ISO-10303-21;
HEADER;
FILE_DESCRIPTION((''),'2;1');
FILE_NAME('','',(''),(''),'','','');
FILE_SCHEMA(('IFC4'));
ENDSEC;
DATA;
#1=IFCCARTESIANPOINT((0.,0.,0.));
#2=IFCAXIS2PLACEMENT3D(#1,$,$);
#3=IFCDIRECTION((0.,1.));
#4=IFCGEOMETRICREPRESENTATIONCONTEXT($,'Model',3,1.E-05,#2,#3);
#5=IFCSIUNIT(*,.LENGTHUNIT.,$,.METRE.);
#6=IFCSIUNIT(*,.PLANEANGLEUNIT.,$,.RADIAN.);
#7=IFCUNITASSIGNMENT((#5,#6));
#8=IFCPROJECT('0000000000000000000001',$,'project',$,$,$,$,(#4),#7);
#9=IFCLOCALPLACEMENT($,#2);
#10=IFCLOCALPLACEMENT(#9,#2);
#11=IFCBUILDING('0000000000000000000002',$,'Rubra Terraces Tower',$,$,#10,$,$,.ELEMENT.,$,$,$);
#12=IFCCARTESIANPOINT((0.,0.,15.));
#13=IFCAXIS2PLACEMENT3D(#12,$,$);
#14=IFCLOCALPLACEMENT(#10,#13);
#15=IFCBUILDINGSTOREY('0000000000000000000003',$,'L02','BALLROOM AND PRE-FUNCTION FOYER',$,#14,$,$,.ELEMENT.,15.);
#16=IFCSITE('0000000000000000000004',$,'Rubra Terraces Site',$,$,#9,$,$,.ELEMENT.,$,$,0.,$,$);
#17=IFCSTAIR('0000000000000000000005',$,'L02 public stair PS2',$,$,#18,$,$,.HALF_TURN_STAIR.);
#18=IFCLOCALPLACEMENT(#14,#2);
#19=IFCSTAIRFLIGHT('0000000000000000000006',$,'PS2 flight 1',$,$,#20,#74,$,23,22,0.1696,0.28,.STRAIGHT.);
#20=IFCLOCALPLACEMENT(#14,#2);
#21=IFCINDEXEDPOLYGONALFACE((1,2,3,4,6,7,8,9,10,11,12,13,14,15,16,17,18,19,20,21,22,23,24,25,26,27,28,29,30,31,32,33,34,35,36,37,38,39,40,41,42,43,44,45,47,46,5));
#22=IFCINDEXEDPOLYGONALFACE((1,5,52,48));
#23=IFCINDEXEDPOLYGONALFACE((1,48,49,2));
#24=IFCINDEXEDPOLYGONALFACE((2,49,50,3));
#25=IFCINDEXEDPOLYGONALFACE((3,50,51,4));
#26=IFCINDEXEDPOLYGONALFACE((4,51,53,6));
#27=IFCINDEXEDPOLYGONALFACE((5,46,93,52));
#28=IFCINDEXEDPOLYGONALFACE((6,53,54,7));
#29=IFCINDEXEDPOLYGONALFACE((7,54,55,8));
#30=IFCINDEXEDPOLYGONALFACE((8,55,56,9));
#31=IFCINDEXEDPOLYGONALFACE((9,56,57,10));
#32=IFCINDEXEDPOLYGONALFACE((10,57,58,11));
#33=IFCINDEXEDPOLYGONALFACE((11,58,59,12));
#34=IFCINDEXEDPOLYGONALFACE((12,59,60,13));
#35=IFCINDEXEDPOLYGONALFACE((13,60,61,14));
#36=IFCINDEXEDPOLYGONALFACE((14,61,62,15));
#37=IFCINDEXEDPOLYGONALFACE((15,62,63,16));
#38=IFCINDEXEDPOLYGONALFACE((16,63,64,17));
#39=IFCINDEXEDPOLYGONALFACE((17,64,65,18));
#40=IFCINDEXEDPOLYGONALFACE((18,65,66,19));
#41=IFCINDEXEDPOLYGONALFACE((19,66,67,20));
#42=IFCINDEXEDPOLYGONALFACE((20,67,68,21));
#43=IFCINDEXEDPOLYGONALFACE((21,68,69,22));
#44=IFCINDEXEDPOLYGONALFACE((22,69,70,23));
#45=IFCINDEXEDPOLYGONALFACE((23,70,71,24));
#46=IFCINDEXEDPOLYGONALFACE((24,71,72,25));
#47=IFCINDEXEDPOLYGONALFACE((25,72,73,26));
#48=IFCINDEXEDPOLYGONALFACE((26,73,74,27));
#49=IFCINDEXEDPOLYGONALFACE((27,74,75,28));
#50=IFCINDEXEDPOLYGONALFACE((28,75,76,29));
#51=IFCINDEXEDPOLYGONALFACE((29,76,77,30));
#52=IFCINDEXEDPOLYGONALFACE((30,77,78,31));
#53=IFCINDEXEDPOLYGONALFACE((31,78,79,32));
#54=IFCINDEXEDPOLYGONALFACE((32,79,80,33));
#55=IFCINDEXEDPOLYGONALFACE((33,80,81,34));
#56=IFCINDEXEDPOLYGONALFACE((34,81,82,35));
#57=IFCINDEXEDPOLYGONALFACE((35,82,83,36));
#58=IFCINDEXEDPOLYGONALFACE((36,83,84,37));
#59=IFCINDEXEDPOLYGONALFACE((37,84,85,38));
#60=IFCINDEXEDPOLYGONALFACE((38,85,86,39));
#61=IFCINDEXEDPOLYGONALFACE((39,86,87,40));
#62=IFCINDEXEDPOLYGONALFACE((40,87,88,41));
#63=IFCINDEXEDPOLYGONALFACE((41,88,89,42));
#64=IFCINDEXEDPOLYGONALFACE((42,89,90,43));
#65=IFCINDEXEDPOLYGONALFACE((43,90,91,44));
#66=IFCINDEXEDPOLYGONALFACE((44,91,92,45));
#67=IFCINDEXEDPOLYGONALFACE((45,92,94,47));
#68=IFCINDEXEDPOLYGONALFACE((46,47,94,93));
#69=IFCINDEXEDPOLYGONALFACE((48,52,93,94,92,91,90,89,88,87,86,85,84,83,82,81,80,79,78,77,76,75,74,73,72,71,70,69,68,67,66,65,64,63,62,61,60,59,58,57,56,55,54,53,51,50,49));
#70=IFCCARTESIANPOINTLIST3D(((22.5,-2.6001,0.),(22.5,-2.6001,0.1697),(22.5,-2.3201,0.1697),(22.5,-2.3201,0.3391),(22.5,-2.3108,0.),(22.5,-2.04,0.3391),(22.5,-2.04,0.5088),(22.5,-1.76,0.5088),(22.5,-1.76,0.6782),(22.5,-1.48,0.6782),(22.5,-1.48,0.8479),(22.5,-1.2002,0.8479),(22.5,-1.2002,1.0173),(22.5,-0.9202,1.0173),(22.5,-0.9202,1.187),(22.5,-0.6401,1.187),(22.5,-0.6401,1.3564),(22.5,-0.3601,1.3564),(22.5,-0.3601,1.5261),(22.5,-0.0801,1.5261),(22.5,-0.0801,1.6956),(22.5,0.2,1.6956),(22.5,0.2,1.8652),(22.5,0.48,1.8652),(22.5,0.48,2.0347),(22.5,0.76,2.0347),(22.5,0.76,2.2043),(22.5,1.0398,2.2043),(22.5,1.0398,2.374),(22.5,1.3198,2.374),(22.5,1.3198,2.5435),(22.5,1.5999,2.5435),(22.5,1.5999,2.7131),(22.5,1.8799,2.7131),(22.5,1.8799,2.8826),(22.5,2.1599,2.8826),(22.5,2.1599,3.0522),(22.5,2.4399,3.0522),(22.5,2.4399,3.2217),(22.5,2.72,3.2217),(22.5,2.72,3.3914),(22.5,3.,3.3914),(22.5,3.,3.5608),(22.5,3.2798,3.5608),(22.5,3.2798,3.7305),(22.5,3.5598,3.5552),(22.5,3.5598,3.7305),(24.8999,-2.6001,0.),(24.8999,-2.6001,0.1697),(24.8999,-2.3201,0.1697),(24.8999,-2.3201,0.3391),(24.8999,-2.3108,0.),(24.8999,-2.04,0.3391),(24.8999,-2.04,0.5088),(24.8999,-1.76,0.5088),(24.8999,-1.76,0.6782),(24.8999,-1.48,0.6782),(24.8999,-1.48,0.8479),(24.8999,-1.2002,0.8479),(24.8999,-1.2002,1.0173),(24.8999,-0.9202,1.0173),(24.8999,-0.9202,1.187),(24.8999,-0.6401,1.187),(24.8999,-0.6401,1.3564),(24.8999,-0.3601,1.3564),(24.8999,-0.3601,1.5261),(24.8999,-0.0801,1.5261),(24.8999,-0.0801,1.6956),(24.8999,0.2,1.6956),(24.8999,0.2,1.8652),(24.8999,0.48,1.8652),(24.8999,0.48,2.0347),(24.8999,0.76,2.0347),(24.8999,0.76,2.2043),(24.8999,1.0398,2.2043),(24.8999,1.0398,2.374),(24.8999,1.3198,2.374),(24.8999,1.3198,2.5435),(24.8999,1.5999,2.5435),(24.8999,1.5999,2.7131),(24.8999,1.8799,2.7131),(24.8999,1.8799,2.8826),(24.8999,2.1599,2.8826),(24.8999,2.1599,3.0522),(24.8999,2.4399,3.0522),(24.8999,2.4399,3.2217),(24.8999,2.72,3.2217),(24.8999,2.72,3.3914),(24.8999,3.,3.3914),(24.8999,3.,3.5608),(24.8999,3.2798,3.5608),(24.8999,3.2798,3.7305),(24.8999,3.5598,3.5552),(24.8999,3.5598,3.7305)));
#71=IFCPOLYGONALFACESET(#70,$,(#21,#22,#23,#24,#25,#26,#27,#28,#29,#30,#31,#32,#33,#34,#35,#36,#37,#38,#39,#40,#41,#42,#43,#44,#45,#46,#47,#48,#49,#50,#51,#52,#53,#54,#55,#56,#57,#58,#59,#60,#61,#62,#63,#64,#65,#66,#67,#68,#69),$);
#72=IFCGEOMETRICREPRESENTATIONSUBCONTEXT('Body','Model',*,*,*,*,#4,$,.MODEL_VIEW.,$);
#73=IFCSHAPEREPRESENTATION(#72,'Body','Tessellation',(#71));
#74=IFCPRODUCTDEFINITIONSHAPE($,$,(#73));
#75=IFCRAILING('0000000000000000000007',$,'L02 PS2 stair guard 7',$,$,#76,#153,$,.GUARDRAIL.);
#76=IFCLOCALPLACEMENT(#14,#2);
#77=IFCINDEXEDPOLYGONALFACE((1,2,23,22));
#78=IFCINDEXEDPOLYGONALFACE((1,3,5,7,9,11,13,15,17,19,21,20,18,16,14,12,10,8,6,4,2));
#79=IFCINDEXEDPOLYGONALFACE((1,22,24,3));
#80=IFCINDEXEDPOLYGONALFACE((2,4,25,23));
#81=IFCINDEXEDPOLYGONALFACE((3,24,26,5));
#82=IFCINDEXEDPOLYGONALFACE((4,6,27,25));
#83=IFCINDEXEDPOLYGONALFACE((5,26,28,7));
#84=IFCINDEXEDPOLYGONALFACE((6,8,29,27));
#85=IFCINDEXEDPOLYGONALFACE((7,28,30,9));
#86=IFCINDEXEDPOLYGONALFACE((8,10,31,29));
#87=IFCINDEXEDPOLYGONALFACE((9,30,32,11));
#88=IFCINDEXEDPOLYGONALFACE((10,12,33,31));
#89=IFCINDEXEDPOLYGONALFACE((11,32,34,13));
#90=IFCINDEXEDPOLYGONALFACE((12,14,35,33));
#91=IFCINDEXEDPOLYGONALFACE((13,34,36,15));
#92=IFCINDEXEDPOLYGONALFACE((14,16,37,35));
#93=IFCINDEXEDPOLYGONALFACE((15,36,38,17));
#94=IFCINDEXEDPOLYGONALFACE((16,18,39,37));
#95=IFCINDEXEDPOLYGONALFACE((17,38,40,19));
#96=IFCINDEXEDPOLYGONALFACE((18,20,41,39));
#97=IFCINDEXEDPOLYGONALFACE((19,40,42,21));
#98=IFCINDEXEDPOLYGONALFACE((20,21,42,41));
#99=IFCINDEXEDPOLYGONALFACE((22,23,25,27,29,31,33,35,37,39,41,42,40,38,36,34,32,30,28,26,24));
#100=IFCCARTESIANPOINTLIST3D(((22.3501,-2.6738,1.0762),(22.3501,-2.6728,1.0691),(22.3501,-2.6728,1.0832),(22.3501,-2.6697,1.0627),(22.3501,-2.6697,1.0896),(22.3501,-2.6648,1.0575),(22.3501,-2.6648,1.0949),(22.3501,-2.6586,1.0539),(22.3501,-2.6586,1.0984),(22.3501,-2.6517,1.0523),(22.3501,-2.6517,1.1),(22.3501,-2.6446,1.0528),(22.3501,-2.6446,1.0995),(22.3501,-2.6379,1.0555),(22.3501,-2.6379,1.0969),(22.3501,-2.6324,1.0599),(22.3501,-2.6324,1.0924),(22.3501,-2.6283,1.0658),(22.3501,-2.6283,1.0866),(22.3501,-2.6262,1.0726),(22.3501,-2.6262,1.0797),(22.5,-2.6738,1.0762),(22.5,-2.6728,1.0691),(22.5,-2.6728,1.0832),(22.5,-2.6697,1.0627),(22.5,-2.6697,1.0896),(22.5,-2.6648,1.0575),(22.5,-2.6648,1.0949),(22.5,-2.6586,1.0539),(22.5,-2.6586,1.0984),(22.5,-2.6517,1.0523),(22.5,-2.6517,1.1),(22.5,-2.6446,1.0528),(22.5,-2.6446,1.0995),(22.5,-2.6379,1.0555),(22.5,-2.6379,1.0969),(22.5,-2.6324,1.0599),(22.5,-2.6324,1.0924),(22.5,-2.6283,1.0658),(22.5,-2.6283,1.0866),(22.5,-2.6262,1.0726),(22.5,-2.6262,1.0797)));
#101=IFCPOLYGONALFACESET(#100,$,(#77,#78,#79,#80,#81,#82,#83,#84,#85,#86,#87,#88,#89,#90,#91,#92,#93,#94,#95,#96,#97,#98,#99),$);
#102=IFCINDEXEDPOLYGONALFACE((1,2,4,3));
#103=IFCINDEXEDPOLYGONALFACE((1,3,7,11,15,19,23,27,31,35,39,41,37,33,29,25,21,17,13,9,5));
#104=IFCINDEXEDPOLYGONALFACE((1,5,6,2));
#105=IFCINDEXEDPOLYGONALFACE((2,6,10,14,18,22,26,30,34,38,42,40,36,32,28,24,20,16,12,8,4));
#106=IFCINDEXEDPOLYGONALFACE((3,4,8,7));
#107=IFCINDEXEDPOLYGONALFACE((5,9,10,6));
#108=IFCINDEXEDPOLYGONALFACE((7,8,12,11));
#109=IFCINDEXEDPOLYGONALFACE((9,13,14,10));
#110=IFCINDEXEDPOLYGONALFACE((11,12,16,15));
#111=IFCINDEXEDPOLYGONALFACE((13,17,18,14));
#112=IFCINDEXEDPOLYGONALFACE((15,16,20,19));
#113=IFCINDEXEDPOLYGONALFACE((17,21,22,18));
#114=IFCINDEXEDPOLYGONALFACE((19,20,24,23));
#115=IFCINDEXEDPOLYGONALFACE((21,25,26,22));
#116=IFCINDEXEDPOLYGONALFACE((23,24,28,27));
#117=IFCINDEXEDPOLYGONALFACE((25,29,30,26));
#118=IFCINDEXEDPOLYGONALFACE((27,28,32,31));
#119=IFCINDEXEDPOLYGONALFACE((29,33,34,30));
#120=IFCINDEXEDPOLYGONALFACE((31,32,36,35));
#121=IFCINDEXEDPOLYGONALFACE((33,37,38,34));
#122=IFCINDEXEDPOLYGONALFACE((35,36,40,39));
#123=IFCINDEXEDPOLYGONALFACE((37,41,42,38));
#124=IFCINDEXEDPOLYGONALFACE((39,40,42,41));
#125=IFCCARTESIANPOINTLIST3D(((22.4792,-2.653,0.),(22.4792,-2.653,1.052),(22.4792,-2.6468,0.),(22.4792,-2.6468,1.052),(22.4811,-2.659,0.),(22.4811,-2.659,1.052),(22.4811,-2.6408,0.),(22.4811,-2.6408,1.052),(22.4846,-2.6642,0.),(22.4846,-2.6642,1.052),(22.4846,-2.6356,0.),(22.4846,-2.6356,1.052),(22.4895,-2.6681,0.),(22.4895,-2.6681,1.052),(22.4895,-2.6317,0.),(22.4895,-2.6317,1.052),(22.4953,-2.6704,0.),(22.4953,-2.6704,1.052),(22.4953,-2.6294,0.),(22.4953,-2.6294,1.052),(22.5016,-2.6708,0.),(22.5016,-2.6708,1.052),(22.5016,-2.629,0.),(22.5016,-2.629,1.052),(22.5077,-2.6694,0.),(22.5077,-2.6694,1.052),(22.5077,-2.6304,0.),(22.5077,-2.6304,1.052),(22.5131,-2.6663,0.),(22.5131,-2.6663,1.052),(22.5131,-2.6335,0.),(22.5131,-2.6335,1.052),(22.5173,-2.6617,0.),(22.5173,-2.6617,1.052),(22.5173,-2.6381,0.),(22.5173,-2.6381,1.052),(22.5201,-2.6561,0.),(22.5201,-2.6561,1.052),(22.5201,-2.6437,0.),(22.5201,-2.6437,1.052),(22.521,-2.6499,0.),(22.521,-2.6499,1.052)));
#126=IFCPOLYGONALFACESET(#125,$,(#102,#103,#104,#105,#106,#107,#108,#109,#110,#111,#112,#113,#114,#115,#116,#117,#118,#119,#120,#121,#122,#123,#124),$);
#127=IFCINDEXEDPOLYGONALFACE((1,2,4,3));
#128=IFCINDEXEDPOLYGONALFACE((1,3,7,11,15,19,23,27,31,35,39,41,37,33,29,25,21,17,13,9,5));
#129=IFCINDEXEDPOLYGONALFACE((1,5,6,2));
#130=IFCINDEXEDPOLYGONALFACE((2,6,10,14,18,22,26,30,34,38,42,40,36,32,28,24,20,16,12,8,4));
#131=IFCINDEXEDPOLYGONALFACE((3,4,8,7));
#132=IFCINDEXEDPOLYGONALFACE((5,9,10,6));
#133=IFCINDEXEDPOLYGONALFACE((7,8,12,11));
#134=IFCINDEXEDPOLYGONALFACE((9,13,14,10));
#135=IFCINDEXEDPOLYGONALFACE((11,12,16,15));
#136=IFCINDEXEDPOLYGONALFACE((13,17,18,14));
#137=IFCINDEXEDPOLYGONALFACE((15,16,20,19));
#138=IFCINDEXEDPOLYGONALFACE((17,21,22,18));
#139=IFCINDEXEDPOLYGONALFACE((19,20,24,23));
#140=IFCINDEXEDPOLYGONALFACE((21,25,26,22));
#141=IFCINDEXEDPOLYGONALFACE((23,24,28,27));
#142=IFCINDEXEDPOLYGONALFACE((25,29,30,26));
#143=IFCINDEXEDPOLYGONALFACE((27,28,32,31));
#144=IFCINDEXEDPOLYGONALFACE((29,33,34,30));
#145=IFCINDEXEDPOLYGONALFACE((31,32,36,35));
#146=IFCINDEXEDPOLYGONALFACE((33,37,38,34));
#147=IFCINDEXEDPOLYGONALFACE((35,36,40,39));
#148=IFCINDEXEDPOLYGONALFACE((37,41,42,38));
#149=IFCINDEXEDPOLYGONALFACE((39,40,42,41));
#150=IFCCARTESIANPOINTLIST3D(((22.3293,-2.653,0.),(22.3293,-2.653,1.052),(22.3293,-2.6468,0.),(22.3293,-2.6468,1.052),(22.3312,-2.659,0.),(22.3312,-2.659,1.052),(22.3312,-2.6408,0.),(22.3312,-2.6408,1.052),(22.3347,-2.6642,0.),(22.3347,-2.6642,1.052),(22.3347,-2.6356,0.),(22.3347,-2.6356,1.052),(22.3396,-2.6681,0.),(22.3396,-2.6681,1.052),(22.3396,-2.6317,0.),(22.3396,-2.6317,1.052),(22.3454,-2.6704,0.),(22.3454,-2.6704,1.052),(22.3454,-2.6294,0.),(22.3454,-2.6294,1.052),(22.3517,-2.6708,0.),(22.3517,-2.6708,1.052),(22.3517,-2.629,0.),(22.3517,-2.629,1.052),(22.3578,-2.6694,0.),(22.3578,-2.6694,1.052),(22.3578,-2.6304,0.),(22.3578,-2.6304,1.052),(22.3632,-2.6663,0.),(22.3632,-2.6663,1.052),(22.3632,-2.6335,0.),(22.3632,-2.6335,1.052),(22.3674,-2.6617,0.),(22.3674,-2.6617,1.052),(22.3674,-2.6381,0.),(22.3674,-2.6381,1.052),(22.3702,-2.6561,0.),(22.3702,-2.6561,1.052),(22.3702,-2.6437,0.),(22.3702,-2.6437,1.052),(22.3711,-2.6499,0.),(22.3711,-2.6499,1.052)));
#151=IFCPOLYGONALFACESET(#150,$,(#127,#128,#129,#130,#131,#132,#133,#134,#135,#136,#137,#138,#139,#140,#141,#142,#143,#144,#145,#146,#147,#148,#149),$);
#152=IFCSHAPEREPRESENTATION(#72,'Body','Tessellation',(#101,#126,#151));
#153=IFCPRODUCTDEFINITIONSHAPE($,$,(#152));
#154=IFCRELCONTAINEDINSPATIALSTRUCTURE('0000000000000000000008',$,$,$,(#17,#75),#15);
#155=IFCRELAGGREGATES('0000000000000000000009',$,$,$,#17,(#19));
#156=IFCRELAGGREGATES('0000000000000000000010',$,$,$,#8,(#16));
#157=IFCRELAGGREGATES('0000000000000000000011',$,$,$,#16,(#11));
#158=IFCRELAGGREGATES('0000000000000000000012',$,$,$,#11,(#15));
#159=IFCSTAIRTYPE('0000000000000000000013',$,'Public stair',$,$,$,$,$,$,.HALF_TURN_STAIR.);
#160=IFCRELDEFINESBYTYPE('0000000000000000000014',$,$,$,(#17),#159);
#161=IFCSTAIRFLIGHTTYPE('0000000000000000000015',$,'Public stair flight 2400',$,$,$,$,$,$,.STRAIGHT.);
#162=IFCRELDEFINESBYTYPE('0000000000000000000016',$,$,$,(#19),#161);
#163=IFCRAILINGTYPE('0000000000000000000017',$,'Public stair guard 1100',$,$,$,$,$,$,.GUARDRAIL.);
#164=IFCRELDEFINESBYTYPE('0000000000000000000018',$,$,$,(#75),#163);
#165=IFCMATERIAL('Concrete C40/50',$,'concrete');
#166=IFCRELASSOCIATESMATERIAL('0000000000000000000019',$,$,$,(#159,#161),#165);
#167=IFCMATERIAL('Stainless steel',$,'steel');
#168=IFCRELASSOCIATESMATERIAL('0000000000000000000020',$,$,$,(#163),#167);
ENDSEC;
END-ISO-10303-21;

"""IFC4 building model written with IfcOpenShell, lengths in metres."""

from ifc_helpers import new_model, si_unit, direction, frame, origin, origin_2d, place, context, subcontext, project, spatial, polyline, circle, outline, extrude, material, type_object, element, aggregate, save


model = new_model("IFC4")

# Units and contexts
model_context = context("Model", 3, precision=1e-05, world=origin(), true_north=direction((0.0, 1.0)))
body_context = subcontext(model_context, "Body", "Model", "MODEL_VIEW")
ifc_project = project(units=[si_unit("LENGTHUNIT", "METRE"), si_unit("PLANEANGLEUNIT", "RADIAN")], contexts=[model_context])

# Site, building, storey
site_placement = place(None, origin())
site = spatial("IfcSite", under=ifc_project, at=site_placement, Name="Rubra Terraces Site", CompositionType="ELEMENT", RefElevation=0.0)
building_placement = place(site_placement, origin())
building = spatial("IfcBuilding", under=site, at=building_placement, Name="Rubra Terraces Tower", CompositionType="ELEMENT")
storey_placement = place(building_placement, frame((0.0, 0.0, 15.0)))
storey = spatial("IfcBuildingStorey", under=building, at=storey_placement, Name="L02", Description="BALLROOM AND PRE-FUNCTION FOYER", CompositionType="ELEMENT", Elevation=15.0)

# Stair, stair flight
ifc_material_1 = material(Name="Concrete C40/50", Category="concrete")
stair_type = type_object("IfcStairType", Name="Public stair", PredefinedType="HALF_TURN_STAIR", material=ifc_material_1)
stair_placement = place(storey_placement, origin())
stair = element("IfcStair", 1, at=stair_placement, inside=storey, type_object=stair_type, Name="L02 public stair PS2", PredefinedType="HALF_TURN_STAIR")
stair_flight_type = type_object("IfcStairFlightType", Name="Public stair flight 2400", PredefinedType="STRAIGHT", material=ifc_material_1)
stair_flight_placement = place(storey_placement, frame((23.7, -2.6001, 0.0), z_axis=(0.0, 0.0, 1.0), x_axis=(0.0, 1.0, 0.0)))
stair_flight = element("IfcStairFlight", 2, at=stair_flight_placement, type_object=stair_flight_type, Name="PS2 flight 1", NumberOfRisers=23, NumberOfTreads=22, PredefinedType="STRAIGHT", RiserHeight=0.1696, TreadLength=0.28, context=body_context, shape_type="SweptSolid", body=[
    extrude(outline(polyline([(0.0, 0.0), (0.0, 0.1697), (0.28, 0.1697), (0.28, 0.3391), (0.5601, 0.3391), (0.5601, 0.5088), (0.8401, 0.5088), (0.8401, 0.6782), (1.1201, 0.6782), (1.1201, 0.8479), (1.3999, 0.8479), (1.3999, 1.0173), (1.6799, 1.0173), (1.6799, 1.187), (1.96, 1.187), (1.96, 1.3564), (2.24, 1.3564), (2.24, 1.5261), (2.52, 1.5261), (2.52, 1.6956), (2.8, 1.6956), (2.8, 1.8652), (3.0801, 1.8652), (3.0801, 2.0347), (3.3601, 2.0347), (3.3601, 2.2043), (3.6399, 2.2043), (3.6399, 2.374), (3.9199, 2.374), (3.9199, 2.5435), (4.2, 2.5435), (4.2, 2.7131), (4.48, 2.7131), (4.48, 2.8826), (4.76, 2.8826), (4.76, 3.0522), (5.04, 3.0522), (5.04, 3.2217), (5.3201, 3.2217), (5.3201, 3.3914), (5.6001, 3.3914), (5.6001, 3.5608), (5.8799, 3.5608), (5.8799, 3.7305), (6.1599, 3.7305), (6.1599, 3.8999), (6.1599, 3.5552), (0.2893, 0.0), (0.0, 0.0)])), frame((0.0, 1.2, 0.0), z_axis=(0.0, -1.0, 0.0), x_axis=(1.0, 0.0, 0.0)), (0.0, 0.0, 1.0), 2.3999),
])
aggregate(stair, [stair_flight])

# Railing
ifc_material_2 = material(Name="Stainless steel", Category="steel")
railing_type = type_object("IfcRailingType", Name="Public stair guard 1100", PredefinedType="GUARDRAIL", material=ifc_material_2)
railing_1_placement = place(storey_placement, frame((22.5, -2.6499, 0.0)))
element("IfcRailing", 3, at=railing_1_placement, inside=storey, type_object=railing_type, Name="L02 PS2 stair guard 7", PredefinedType="GUARDRAIL", context=body_context, shape_type="SweptSolid", body=[
    extrude(circle(Radius=0.0239, at=origin_2d()), frame((0.0, 0.0, 1.0762), z_axis=(-1.0, 0.0, 0.0), x_axis=(0.0, -1.0, 0.0)), (0.0, 0.0, 1.0), 0.1499),
    extrude(circle(Radius=0.021, at=origin_2d()), origin(), (0.0, 0.0, 1.0), 1.052),
    extrude(circle(Radius=0.021, at=origin_2d()), frame((-0.1499, 0.0, 0.0)), (0.0, 0.0, 1.0), 1.052),
])

save(model, "model.ifc")
